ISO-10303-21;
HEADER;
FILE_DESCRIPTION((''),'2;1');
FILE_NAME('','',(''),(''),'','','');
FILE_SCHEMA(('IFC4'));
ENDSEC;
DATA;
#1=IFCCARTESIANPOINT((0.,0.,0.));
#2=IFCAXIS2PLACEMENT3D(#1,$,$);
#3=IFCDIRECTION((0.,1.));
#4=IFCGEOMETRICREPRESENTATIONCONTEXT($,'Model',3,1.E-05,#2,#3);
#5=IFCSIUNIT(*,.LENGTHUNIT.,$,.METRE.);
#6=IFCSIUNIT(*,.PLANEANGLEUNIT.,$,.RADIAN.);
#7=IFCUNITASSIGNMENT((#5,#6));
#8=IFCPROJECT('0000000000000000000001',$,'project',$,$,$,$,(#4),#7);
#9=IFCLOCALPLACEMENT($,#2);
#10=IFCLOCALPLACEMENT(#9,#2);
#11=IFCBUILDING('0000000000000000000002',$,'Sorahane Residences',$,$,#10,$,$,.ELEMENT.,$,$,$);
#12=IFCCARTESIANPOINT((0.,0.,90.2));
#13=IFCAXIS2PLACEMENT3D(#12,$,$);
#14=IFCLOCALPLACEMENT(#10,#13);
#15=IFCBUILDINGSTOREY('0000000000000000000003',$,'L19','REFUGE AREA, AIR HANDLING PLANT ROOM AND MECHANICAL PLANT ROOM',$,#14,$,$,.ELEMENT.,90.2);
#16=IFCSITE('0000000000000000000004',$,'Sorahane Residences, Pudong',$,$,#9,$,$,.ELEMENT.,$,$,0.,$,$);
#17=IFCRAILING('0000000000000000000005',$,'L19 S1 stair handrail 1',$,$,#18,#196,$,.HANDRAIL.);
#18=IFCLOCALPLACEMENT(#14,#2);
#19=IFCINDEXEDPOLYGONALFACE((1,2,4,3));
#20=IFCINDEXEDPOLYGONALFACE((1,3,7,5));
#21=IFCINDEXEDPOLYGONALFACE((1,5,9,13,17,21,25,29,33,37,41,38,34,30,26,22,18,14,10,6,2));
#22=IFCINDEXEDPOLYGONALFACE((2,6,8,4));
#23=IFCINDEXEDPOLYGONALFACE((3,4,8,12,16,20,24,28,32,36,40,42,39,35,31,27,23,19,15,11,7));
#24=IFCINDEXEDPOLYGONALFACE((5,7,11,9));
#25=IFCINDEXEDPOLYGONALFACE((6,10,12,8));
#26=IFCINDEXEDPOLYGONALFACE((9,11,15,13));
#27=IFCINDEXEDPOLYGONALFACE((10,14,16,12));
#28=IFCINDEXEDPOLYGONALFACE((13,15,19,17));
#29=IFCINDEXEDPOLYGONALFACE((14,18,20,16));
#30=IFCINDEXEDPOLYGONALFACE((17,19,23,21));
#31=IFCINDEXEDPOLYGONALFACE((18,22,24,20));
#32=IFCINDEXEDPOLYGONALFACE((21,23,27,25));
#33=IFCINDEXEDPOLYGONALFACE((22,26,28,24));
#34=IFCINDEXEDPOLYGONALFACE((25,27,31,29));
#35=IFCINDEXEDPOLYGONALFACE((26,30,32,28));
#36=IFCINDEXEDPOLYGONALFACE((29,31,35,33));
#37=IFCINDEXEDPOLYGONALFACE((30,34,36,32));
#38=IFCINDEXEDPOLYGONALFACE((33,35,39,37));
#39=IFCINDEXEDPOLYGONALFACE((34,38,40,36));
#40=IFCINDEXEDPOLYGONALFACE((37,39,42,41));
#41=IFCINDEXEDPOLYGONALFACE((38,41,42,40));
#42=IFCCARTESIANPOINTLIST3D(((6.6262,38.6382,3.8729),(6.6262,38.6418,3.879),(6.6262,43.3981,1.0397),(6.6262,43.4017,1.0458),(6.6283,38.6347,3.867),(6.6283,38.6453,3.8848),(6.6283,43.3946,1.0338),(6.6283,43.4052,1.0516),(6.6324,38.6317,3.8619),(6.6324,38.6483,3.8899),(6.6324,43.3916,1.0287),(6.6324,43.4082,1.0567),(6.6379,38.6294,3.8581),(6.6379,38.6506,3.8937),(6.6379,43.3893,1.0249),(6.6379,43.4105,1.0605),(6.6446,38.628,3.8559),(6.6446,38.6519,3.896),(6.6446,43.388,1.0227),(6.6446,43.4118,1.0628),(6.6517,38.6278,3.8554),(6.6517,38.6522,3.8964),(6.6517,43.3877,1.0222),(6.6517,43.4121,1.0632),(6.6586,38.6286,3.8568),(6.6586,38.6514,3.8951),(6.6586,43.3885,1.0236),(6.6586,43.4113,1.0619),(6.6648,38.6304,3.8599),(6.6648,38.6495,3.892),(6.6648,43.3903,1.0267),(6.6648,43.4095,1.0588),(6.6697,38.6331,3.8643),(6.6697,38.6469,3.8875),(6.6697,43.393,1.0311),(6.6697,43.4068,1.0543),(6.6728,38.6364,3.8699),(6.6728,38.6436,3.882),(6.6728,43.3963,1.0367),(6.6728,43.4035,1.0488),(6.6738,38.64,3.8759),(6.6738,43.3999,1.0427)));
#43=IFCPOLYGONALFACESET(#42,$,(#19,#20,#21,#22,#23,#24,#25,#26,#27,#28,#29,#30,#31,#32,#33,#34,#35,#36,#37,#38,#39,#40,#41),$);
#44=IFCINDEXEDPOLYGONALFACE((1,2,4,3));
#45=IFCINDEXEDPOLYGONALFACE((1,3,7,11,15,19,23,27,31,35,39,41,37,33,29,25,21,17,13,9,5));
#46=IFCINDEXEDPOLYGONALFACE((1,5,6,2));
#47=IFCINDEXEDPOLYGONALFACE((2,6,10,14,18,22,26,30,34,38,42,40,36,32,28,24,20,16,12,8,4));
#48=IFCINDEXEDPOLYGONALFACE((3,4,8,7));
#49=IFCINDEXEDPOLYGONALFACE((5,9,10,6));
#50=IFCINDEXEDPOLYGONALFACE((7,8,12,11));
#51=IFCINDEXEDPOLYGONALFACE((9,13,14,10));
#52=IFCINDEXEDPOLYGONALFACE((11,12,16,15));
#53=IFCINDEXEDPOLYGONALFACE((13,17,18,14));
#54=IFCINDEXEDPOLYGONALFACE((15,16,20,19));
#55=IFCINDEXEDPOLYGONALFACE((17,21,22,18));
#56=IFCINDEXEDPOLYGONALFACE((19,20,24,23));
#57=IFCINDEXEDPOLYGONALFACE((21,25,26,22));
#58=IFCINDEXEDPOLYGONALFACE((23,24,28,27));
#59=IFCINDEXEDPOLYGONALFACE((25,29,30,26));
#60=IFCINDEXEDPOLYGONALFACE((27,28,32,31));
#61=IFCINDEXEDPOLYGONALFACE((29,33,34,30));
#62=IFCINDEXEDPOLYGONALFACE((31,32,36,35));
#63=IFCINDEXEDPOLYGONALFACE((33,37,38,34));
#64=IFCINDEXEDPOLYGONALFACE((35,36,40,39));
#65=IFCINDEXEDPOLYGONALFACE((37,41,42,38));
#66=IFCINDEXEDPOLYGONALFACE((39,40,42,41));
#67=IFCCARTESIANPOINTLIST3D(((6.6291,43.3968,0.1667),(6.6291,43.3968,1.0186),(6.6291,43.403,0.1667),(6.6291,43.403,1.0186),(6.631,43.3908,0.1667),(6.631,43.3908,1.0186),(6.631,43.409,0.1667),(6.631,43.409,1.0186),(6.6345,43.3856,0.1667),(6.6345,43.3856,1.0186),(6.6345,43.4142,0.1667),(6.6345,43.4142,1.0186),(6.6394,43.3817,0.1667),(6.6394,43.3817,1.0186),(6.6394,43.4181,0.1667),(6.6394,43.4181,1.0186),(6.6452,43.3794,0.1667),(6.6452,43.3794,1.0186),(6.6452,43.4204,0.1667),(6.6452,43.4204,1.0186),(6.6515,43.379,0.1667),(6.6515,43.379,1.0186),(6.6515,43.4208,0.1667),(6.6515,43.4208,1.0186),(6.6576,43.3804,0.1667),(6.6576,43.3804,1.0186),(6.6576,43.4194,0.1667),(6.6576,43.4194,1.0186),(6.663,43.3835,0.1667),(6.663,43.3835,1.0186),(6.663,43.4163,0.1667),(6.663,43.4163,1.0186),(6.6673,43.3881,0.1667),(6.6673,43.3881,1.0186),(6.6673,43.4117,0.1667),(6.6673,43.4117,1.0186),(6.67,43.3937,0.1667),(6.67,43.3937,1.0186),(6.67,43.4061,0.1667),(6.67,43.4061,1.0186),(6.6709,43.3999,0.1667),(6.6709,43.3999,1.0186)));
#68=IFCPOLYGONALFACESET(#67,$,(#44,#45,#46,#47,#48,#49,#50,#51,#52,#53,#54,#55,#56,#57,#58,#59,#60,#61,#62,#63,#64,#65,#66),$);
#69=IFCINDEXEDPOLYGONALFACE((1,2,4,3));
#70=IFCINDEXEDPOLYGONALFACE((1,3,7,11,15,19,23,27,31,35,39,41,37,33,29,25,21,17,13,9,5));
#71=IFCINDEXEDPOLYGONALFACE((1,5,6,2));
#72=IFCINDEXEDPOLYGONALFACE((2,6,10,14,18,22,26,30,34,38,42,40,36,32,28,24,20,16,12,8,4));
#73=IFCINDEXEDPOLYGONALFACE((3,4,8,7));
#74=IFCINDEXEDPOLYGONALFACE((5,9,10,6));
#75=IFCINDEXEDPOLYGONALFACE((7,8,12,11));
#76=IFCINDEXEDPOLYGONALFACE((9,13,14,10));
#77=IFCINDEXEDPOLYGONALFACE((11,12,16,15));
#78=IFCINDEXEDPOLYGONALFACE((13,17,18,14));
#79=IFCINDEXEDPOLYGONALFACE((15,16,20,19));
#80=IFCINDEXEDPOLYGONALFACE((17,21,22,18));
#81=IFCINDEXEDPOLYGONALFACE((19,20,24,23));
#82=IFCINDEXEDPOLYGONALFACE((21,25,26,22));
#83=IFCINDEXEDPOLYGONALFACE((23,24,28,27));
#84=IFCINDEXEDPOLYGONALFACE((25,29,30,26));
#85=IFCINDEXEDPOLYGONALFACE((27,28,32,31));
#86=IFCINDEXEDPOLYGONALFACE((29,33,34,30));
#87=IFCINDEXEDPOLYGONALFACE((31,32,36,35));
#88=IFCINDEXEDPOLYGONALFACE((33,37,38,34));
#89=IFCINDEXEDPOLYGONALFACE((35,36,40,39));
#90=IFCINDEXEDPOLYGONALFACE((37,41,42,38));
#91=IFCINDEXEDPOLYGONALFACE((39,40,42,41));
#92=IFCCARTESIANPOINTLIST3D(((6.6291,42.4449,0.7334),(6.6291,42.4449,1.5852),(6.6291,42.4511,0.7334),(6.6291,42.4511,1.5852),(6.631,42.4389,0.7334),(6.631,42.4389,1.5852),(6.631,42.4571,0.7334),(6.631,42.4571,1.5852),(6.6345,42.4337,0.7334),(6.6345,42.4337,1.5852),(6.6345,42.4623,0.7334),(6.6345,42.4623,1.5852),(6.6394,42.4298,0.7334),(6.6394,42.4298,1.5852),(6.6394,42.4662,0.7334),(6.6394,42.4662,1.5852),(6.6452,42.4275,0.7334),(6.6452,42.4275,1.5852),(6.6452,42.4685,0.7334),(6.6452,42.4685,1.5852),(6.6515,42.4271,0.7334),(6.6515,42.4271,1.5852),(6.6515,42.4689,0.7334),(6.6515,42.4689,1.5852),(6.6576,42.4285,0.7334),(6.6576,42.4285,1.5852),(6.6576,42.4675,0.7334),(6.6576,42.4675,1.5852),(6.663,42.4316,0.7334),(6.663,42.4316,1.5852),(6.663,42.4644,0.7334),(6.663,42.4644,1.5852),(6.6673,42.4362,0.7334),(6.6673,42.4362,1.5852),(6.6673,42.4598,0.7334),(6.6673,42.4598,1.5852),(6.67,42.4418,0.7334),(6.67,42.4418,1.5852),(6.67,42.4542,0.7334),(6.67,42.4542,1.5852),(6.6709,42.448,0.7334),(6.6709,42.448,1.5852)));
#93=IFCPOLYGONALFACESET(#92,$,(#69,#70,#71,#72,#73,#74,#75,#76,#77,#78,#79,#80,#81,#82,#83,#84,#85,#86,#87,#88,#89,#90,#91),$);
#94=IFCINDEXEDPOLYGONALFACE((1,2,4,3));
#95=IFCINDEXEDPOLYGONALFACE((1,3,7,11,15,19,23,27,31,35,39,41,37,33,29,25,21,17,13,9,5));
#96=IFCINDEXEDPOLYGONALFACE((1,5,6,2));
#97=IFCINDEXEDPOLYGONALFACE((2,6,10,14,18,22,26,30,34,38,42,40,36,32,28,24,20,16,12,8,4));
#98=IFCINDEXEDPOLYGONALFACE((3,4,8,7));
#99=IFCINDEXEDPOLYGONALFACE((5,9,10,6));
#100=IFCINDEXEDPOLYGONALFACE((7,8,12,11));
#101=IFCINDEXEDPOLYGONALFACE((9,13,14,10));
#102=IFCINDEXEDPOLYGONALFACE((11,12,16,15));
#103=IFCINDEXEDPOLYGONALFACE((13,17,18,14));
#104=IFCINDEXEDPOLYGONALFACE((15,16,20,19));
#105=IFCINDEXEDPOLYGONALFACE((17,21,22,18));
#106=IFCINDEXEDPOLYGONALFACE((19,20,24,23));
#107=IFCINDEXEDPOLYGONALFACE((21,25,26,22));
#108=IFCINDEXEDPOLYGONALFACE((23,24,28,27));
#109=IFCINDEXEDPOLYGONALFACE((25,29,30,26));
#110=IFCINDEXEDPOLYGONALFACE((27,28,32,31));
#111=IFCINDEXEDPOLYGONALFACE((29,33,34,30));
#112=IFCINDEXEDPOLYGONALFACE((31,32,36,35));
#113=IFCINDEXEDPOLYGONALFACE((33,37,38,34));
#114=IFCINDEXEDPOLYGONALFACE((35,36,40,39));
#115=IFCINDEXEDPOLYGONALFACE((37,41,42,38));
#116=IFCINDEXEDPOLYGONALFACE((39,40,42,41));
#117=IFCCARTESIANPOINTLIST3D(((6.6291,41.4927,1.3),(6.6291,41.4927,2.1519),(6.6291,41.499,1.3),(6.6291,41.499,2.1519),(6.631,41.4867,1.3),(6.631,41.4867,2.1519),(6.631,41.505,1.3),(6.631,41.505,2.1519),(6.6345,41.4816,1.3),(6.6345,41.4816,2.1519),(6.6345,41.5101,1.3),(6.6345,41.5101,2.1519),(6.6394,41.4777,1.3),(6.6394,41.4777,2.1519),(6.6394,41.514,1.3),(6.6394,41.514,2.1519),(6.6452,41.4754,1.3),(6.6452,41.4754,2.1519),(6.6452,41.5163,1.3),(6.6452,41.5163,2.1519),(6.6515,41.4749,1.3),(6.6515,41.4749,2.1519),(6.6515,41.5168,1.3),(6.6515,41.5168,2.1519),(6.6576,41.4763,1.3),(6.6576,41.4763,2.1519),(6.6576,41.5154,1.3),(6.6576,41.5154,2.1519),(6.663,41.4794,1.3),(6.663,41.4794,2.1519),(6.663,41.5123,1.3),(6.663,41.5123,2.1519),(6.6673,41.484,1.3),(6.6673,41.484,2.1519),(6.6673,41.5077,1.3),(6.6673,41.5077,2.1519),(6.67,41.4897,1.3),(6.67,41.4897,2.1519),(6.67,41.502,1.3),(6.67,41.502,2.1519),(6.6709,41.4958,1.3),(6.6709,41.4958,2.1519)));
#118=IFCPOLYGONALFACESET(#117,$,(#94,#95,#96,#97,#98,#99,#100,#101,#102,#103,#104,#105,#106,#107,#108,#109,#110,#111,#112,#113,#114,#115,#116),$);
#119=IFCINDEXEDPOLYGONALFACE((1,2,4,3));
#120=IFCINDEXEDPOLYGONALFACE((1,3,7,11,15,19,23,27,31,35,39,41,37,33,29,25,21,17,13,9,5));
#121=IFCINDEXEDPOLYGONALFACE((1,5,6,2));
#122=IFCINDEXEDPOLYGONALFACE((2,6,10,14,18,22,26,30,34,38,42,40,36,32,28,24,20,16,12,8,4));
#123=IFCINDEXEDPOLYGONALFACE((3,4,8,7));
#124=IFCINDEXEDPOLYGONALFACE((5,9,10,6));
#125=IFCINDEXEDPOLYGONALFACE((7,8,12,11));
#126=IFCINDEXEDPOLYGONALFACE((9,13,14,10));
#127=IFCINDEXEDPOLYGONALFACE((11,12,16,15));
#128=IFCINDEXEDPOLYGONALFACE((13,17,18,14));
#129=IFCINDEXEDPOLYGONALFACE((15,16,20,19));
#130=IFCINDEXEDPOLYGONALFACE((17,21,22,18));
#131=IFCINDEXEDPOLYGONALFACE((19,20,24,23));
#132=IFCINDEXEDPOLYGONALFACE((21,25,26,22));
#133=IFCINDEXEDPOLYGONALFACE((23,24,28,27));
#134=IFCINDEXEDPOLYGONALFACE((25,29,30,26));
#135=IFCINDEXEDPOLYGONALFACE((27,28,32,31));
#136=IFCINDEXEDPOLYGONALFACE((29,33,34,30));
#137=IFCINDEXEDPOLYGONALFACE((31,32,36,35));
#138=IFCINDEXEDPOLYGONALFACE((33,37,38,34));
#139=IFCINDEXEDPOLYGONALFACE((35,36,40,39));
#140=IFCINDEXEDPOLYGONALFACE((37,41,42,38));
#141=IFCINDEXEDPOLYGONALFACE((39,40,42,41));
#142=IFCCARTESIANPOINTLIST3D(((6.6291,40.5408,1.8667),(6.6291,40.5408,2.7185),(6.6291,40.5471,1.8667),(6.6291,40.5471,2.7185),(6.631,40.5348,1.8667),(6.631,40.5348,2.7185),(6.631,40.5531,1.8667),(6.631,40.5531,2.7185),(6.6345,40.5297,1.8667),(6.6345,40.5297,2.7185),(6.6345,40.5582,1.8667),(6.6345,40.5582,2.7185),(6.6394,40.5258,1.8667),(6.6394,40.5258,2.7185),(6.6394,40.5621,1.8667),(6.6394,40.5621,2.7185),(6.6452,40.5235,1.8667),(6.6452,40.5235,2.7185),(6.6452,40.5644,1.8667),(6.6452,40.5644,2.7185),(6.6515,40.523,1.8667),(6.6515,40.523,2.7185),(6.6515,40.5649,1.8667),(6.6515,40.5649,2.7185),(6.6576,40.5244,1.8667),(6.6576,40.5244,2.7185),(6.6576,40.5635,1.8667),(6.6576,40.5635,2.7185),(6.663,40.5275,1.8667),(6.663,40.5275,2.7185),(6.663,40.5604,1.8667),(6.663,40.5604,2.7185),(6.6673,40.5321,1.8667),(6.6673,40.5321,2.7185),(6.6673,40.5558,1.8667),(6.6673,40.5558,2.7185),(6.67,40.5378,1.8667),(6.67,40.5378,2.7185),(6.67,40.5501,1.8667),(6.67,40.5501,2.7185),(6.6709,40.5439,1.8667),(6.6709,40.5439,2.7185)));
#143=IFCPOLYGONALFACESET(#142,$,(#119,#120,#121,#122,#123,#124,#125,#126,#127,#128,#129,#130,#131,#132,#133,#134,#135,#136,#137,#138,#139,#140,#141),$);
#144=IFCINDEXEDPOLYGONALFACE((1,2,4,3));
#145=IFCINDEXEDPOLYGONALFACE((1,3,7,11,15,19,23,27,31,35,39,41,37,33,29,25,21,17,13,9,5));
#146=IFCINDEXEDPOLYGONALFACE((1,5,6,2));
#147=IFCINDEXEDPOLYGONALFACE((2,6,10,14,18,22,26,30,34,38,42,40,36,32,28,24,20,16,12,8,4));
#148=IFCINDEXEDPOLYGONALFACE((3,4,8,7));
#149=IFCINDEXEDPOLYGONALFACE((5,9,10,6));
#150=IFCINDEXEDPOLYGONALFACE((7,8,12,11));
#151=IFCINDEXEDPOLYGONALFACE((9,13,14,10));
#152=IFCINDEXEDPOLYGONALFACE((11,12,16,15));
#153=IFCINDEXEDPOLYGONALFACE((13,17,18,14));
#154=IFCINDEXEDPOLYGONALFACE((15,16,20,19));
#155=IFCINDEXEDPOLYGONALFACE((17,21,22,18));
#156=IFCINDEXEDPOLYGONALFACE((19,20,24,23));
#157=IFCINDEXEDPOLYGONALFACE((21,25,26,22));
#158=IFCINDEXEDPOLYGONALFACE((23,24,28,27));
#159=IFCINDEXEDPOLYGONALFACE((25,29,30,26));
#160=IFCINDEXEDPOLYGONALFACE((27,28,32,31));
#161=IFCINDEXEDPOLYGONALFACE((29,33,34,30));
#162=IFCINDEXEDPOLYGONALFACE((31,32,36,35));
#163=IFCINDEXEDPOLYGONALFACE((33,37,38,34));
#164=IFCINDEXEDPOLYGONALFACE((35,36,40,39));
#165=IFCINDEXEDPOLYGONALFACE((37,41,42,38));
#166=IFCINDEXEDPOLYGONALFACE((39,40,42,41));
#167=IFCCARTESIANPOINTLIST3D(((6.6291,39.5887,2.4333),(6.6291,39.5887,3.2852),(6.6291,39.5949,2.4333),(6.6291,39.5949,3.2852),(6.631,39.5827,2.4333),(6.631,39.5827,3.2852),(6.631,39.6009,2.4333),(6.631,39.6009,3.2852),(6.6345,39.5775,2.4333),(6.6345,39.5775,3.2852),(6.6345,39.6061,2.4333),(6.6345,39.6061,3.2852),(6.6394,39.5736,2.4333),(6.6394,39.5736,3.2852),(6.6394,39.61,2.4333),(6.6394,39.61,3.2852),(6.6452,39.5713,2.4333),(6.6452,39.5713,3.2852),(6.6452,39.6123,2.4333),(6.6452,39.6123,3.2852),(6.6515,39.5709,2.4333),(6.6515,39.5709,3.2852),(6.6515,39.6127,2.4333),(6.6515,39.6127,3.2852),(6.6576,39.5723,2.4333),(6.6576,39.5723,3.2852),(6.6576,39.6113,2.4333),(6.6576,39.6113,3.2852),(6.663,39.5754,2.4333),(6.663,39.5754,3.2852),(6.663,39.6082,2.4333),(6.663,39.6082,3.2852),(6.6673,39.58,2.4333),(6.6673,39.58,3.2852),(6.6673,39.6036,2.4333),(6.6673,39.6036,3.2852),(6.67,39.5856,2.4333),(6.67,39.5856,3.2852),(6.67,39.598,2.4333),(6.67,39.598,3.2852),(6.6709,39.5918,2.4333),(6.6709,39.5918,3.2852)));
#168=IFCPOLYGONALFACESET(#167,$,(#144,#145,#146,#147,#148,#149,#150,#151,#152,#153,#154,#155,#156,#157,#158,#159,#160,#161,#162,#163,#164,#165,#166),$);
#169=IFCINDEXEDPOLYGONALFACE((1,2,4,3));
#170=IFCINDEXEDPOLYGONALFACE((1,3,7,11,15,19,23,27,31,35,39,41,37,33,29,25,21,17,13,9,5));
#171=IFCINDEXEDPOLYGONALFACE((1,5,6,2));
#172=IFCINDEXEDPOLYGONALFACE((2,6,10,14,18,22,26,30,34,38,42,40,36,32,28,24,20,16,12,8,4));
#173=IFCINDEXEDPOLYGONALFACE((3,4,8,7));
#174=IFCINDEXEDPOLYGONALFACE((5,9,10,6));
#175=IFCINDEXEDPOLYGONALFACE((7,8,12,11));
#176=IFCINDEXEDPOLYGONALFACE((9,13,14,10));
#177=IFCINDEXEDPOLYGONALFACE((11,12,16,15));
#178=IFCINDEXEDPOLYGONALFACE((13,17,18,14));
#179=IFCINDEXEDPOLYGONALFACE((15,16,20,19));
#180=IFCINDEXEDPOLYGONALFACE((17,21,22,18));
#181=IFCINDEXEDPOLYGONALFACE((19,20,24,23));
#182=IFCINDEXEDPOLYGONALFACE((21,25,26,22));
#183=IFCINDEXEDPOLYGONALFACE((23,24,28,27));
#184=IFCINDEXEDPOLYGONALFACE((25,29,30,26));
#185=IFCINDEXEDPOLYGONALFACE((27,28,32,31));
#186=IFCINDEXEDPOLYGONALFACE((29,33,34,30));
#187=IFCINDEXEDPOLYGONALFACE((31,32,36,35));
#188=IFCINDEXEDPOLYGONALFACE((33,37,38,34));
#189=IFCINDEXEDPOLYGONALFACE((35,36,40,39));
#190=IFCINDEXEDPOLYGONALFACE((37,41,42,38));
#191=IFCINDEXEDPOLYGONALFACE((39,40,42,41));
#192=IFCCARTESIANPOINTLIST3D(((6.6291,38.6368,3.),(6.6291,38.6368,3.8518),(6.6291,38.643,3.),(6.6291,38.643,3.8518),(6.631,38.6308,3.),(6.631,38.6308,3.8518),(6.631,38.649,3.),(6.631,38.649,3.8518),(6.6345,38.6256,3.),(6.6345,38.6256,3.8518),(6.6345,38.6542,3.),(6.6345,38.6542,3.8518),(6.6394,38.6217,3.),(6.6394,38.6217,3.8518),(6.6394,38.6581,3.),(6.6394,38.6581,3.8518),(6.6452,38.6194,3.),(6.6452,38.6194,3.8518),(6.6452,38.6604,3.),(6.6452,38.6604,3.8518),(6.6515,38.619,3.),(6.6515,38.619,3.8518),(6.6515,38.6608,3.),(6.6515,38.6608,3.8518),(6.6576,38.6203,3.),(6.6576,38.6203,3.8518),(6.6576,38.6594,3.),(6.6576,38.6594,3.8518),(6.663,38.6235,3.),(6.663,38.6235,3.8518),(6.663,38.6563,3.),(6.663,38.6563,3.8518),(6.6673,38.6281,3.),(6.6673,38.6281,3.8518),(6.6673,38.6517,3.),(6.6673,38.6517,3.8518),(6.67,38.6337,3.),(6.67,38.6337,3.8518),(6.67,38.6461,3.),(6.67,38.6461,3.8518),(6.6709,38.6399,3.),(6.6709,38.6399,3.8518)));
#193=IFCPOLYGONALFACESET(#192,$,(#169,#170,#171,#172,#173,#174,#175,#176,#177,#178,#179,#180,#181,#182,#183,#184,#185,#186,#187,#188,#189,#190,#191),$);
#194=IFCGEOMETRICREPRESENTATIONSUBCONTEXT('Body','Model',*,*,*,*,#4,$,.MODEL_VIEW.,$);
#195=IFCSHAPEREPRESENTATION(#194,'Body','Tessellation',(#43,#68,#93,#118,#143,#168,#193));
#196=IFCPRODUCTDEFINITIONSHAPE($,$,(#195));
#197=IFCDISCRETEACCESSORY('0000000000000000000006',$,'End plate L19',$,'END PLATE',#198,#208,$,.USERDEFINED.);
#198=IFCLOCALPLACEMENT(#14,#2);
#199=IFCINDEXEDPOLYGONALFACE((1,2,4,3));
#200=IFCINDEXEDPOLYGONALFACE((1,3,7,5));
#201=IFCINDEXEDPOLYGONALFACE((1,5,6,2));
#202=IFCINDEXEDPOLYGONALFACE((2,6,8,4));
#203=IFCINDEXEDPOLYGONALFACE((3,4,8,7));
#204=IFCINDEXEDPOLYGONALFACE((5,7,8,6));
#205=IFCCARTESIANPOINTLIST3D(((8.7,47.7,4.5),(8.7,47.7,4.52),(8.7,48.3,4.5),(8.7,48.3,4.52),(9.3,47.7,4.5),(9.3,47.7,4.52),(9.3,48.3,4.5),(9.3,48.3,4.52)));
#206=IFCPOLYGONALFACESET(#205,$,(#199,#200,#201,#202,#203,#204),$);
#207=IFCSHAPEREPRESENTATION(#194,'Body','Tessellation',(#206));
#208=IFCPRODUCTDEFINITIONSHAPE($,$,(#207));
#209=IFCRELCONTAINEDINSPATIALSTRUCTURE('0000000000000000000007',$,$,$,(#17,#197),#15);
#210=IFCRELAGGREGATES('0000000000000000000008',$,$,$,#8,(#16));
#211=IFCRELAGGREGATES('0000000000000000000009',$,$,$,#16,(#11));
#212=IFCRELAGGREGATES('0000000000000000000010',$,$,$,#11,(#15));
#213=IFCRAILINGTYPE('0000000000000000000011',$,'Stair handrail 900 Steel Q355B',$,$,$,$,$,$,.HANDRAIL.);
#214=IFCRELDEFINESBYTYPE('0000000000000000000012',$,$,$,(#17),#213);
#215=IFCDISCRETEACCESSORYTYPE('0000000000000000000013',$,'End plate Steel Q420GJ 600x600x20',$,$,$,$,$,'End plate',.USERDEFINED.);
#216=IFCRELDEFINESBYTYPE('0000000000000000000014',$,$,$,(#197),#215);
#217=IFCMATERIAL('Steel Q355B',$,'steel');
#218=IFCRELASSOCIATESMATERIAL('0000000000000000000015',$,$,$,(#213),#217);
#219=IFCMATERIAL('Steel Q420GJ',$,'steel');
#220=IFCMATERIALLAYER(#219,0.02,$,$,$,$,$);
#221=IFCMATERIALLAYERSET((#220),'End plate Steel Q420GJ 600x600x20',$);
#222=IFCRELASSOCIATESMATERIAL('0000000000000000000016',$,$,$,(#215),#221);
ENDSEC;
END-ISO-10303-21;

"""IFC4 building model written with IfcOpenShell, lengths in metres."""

from ifc_helpers import new_model, si_unit, direction, frame, origin, origin_2d, place, context, subcontext, project, spatial, rectangle, circle, extrude, material, layer, layer_set, type_object, element, save


model = new_model("IFC4")

# Units and contexts
model_context = context("Model", 3, precision=1e-05, world=origin(), true_north=direction((0.0, 1.0)))
body_context = subcontext(model_context, "Body", "Model", "MODEL_VIEW")
ifc_project = project(units=[si_unit("LENGTHUNIT", "METRE"), si_unit("PLANEANGLEUNIT", "RADIAN")], contexts=[model_context])

# Site, building, storey
site_placement = place(None, origin())
site = spatial("IfcSite", under=ifc_project, at=site_placement, Name="Sorahane Residences, Pudong", CompositionType="ELEMENT", RefElevation=0.0)
building_placement = place(site_placement, origin())
building = spatial("IfcBuilding", under=site, at=building_placement, Name="Sorahane Residences", CompositionType="ELEMENT")
storey_placement = place(building_placement, frame((0.0, 0.0, 90.2)))
storey = spatial("IfcBuildingStorey", under=building, at=storey_placement, Name="L19", Description="REFUGE AREA, AIR HANDLING PLANT ROOM AND MECHANICAL PLANT ROOM", CompositionType="ELEMENT", Elevation=90.2)

# Railing
ifc_material_1 = material(Name="Steel Q355B", Category="steel")
railing_type_1 = type_object("IfcRailingType", Name="Stair handrail 900 Steel Q355B", PredefinedType="HANDRAIL", material=ifc_material_1)
railing_1_placement = place(storey_placement, frame((6.6499, 43.3999, 0.1667)))
element("IfcRailing", 1, at=railing_1_placement, inside=storey, type_object=railing_type_1, Name="L19 S1 stair handrail 1", PredefinedType="HANDRAIL", context=body_context, shape_type="SweptSolid", body=[
    extrude(circle(Radius=0.0239, at=origin_2d()), frame((0.0, 0.0, 0.876), z_axis=(0.0, -0.8593, 0.511472), x_axis=(1.0, 0.0, 0.0)), (0.0, 0.0, 1.0), 5.5393),
    extrude(circle(Radius=0.021, at=origin_2d()), origin(), (0.0, 0.0, 1.0), 0.8518),
    extrude(circle(Radius=0.021, at=origin_2d()), frame((0.0, -0.9519, 0.5667)), (0.0, 0.0, 1.0), 0.8518),
    extrude(circle(Radius=0.021, at=origin_2d()), frame((0.0, -1.9041, 1.1333)), (0.0, 0.0, 1.0), 0.8518),
    extrude(circle(Radius=0.021, at=origin_2d()), frame((0.0, -2.856, 1.7)), (0.0, 0.0, 1.0), 0.8518),
    extrude(circle(Radius=0.021, at=origin_2d()), frame((0.0, -3.8081, 2.2666)), (0.0, 0.0, 1.0), 0.8518),
    extrude(circle(Radius=0.021, at=origin_2d()), frame((0.0, -4.76, 2.8333)), (0.0, 0.0, 1.0), 0.8518),
])

# Discrete accessory
ifc_material_2 = material(Name="Steel Q420GJ", Category="steel")
ifc_layer_1 = layer(ifc_material_2, 0.02)
ifc_layer_set_1 = layer_set([ifc_layer_1], Name="End plate Steel Q420GJ 600x600x20")
discrete_accessory_type_1 = type_object("IfcDiscreteAccessoryType", Name="End plate Steel Q420GJ 600x600x20", ElementType="End plate", PredefinedType="USERDEFINED", material=ifc_layer_set_1)
for number, where, z_axis, x_axis, name in (
    (2, (9.0, 48.0, 4.5), (0.0, 0.0, 1.0), (1.0, 0.0, 0.0), "End plate L19"),
):
    element("IfcDiscreteAccessory", number, at=place(storey_placement, frame(where, z_axis=z_axis, x_axis=x_axis)), inside=storey, type_object=discrete_accessory_type_1, Name=name, ObjectType="END PLATE", PredefinedType="USERDEFINED", context=body_context, shape_type="SweptSolid", body=[
        extrude(rectangle(XDim=0.6001, YDim=0.6001, at=origin_2d()), origin(), (0.0, 0.0, 1.0), 0.02),
    ])

save(model, "model.ifc")
